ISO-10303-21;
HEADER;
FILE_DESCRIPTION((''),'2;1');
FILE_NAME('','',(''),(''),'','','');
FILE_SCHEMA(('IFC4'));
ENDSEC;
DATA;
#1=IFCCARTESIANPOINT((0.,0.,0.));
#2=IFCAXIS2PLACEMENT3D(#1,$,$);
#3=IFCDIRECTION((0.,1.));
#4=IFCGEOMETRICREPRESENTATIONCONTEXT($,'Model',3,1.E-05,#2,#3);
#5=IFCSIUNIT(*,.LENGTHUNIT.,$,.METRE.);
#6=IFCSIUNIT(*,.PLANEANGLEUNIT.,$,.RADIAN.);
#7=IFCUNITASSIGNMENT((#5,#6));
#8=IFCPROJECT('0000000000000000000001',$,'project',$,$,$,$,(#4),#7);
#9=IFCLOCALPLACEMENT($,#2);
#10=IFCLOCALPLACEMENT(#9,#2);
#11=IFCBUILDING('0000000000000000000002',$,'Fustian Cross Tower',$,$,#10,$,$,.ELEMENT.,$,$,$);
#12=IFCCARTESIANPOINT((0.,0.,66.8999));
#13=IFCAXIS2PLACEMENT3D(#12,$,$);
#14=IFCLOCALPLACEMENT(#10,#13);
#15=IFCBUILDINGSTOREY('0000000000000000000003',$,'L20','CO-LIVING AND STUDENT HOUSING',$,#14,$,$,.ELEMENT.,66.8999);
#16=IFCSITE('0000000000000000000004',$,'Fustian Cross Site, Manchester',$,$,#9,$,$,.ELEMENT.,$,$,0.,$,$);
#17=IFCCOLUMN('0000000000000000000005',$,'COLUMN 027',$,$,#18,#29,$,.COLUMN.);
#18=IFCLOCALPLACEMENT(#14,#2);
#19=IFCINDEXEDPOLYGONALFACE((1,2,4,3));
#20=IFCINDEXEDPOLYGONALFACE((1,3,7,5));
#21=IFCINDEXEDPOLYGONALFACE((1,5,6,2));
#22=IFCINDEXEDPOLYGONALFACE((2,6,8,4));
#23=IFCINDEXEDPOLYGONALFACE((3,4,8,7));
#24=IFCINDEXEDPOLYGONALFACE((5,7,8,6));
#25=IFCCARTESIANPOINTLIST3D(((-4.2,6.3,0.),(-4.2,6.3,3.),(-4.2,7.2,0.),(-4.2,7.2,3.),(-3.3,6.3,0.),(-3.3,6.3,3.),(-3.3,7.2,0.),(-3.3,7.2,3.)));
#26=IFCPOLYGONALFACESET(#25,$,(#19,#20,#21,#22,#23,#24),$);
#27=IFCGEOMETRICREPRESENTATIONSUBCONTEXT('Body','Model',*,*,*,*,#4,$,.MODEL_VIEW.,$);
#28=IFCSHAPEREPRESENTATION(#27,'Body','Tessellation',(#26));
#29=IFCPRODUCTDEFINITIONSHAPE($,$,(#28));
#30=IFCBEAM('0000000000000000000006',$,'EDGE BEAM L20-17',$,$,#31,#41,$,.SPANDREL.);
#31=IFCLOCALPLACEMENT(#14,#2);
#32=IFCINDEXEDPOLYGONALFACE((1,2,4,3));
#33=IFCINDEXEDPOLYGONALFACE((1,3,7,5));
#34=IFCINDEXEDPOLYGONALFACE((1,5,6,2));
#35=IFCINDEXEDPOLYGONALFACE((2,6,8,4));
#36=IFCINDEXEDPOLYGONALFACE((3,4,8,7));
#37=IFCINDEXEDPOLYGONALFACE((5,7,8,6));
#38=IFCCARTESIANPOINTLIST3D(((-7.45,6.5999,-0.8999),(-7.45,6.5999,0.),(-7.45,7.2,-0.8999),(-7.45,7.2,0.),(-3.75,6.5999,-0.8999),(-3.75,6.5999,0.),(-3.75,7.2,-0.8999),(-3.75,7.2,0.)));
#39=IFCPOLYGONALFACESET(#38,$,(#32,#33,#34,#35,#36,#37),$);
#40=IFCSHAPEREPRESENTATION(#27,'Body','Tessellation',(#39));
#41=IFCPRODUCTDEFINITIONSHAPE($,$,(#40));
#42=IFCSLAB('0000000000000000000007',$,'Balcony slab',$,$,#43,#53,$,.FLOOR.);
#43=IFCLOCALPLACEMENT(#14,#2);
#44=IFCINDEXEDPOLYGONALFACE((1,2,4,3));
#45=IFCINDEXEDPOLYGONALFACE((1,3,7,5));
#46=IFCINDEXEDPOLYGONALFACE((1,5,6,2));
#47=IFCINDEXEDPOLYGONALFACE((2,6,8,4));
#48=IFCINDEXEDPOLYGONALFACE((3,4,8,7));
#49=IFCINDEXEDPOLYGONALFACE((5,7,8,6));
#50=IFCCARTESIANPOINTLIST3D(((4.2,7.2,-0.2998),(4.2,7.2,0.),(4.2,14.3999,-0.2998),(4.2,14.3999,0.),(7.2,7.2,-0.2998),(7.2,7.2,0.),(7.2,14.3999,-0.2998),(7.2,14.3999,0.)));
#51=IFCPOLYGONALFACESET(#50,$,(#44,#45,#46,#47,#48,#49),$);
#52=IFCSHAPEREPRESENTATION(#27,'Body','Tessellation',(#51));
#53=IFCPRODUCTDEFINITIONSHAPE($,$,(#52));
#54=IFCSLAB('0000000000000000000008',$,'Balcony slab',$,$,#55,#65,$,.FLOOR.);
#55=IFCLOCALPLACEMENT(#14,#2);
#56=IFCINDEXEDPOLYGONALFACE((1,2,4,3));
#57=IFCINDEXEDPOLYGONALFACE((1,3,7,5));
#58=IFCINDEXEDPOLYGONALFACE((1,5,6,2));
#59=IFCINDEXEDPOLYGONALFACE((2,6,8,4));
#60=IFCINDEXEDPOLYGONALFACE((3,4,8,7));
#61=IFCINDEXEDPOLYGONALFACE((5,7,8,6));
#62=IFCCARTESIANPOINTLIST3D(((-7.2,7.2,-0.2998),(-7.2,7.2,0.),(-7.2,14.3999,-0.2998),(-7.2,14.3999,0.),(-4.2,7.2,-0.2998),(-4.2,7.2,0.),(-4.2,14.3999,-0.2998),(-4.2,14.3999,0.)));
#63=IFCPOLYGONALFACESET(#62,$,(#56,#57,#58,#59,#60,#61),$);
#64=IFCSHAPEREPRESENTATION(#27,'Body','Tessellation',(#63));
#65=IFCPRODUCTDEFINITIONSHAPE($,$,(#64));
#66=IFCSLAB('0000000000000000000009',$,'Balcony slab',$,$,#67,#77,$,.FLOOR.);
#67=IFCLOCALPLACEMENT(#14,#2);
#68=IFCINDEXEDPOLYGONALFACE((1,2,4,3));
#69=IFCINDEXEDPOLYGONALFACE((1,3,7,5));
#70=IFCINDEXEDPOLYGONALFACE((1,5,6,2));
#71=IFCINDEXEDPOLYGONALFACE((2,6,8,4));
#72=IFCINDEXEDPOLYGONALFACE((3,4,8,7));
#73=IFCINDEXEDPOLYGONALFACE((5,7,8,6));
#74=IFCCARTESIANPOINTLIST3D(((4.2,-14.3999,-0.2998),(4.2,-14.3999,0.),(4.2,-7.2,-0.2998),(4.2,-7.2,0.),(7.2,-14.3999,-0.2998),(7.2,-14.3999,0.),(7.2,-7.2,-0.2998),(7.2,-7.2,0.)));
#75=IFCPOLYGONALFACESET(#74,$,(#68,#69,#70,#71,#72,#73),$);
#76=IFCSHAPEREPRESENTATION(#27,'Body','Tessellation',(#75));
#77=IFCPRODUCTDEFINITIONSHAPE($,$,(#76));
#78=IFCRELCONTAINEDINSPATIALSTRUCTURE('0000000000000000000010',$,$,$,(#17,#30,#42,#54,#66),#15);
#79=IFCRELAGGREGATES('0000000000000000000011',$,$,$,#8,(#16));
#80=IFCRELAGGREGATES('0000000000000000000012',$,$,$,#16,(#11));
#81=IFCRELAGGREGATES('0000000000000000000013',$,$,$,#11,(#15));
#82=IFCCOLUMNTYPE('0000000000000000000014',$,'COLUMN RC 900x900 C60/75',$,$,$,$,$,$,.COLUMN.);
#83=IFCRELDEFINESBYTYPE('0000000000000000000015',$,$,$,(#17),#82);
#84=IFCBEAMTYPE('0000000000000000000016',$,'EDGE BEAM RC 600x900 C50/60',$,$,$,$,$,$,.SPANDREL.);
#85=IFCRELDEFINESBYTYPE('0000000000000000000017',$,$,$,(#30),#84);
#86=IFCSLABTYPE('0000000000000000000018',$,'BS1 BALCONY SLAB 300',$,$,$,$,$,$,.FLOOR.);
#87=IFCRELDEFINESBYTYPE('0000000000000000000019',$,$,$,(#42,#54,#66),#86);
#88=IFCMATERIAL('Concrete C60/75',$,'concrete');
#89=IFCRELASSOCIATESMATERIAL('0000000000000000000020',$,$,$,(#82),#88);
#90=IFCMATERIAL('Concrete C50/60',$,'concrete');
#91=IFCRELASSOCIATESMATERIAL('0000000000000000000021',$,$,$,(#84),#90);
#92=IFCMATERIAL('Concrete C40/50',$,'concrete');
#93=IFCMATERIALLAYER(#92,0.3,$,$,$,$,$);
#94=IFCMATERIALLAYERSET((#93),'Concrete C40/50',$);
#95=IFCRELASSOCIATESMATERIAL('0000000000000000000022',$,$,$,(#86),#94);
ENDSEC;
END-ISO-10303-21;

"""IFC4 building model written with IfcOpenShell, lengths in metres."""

from ifc_helpers import new_model, si_unit, direction, frame, origin, origin_2d, place, context, subcontext, project, spatial, polyline, rectangle, outline, extrude, material, layer, layer_set, material_profile, profile_set, type_object, element, save


model = new_model("IFC4")

# Units and contexts
model_context = context("Model", 3, precision=1e-05, world=origin(), true_north=direction((0.0, 1.0)))
body_context = subcontext(model_context, "Body", "Model", "MODEL_VIEW")
ifc_project = project(units=[si_unit("LENGTHUNIT", "METRE"), si_unit("PLANEANGLEUNIT", "RADIAN")], contexts=[model_context])

# Site, building, storey
site_placement = place(None, origin())
site = spatial("IfcSite", under=ifc_project, at=site_placement, Name="Fustian Cross Site, Manchester", CompositionType="ELEMENT", RefElevation=0.0)
building_placement = place(site_placement, origin())
building = spatial("IfcBuilding", under=site, at=building_placement, Name="Fustian Cross Tower", CompositionType="ELEMENT")
storey_placement = place(building_placement, frame((0.0, 0.0, 66.8999)))
storey = spatial("IfcBuildingStorey", under=building, at=storey_placement, Name="L20", Description="CO-LIVING AND STUDENT HOUSING", CompositionType="ELEMENT", Elevation=66.8999)

# Column
ifc_material_1 = material(Name="Concrete C60/75", Category="concrete")
ifc_material_profile_1 = material_profile(ifc_material_1, rectangle(XDim=0.8999, YDim=0.8999, at=origin_2d()), Name="RC 900x900")
ifc_profile_set_1 = profile_set([ifc_material_profile_1], Name="Concrete C60/75")
column_type = type_object("IfcColumnType", Name="COLUMN RC 900x900 C60/75", PredefinedType="COLUMN", material=ifc_profile_set_1)
column_placement = place(storey_placement, frame((-3.75, 6.75, 0.0), z_axis=(0.0, 0.0, 1.0), x_axis=(1.0, 0.0, 0.0)))
element("IfcColumn", 1, at=column_placement, inside=storey, type_object=column_type, Name="COLUMN 027", PredefinedType="COLUMN", context=body_context, shape_type="SweptSolid", body=[
    extrude(rectangle(XDim=0.8999, YDim=0.8999, at=origin_2d()), origin(), (0.0, 0.0, 1.0), 3.0),
])

# Beam
ifc_material_2 = material(Name="Concrete C50/60", Category="concrete")
ifc_material_profile_2 = material_profile(ifc_material_2, rectangle(XDim=0.6001, YDim=0.8999, at=origin_2d()), Name="RC 600x900")
ifc_profile_set_2 = profile_set([ifc_material_profile_2], Name="Concrete C50/60")
beam_type = type_object("IfcBeamType", Name="EDGE BEAM RC 600x900 C50/60", PredefinedType="SPANDREL", material=ifc_profile_set_2)
beam_placement = place(storey_placement, frame((-3.75, 6.8999, -0.45), z_axis=(-1.0, 0.0, 0.0), x_axis=(0.0, -1.0, 0.0)))
element("IfcBeam", 2, at=beam_placement, inside=storey, type_object=beam_type, Name="EDGE BEAM L20-17", PredefinedType="SPANDREL", context=body_context, shape_type="SweptSolid", body=[
    extrude(rectangle(XDim=0.6001, YDim=0.8999, at=origin_2d()), origin(), (0.0, 0.0, 1.0), 3.7),
])

# Slabs
ifc_material_3 = material(Name="Concrete C40/50", Category="concrete")
ifc_layer_1 = layer(ifc_material_3, 0.3)
ifc_layer_set_1 = layer_set([ifc_layer_1], Name="Concrete C40/50")
slab_type_1 = type_object("IfcSlabType", Name="BS1 BALCONY SLAB 300", PredefinedType="FLOOR", material=ifc_layer_set_1)
slab_1_placement = place(storey_placement, frame((0.0, 0.0, -0.2998)))
element("IfcSlab", 3, at=slab_1_placement, inside=storey, type_object=slab_type_1, Name="Balcony slab", PredefinedType="FLOOR", context=body_context, shape_type="SweptSolid", body=[
    extrude(outline(polyline([(4.2, 7.2), (7.2, 7.2), (7.2, 14.3999), (4.2, 14.3999), (4.2, 7.2)])), origin(), (0.0, 0.0, 1.0), 0.2998),
])
slab_2_placement = place(storey_placement, frame((0.0, 0.0, -0.2998)))
element("IfcSlab", 4, at=slab_2_placement, inside=storey, type_object=slab_type_1, Name="Balcony slab", PredefinedType="FLOOR", context=body_context, shape_type="SweptSolid", body=[
    extrude(outline(polyline([(-7.2, 7.2), (-4.2, 7.2), (-4.2, 14.3999), (-7.2, 14.3999), (-7.2, 7.2)])), origin(), (0.0, 0.0, 1.0), 0.2998),
])
slab_3_placement = place(storey_placement, frame((0.0, 0.0, -0.2998)))
element("IfcSlab", 5, at=slab_3_placement, inside=storey, type_object=slab_type_1, Name="Balcony slab", PredefinedType="FLOOR", context=body_context, shape_type="SweptSolid", body=[
    extrude(outline(polyline([(4.2, -14.3999), (7.2, -14.3999), (7.2, -7.2), (4.2, -7.2), (4.2, -14.3999)])), origin(), (0.0, 0.0, 1.0), 0.2998),
])

save(model, "model.ifc")
